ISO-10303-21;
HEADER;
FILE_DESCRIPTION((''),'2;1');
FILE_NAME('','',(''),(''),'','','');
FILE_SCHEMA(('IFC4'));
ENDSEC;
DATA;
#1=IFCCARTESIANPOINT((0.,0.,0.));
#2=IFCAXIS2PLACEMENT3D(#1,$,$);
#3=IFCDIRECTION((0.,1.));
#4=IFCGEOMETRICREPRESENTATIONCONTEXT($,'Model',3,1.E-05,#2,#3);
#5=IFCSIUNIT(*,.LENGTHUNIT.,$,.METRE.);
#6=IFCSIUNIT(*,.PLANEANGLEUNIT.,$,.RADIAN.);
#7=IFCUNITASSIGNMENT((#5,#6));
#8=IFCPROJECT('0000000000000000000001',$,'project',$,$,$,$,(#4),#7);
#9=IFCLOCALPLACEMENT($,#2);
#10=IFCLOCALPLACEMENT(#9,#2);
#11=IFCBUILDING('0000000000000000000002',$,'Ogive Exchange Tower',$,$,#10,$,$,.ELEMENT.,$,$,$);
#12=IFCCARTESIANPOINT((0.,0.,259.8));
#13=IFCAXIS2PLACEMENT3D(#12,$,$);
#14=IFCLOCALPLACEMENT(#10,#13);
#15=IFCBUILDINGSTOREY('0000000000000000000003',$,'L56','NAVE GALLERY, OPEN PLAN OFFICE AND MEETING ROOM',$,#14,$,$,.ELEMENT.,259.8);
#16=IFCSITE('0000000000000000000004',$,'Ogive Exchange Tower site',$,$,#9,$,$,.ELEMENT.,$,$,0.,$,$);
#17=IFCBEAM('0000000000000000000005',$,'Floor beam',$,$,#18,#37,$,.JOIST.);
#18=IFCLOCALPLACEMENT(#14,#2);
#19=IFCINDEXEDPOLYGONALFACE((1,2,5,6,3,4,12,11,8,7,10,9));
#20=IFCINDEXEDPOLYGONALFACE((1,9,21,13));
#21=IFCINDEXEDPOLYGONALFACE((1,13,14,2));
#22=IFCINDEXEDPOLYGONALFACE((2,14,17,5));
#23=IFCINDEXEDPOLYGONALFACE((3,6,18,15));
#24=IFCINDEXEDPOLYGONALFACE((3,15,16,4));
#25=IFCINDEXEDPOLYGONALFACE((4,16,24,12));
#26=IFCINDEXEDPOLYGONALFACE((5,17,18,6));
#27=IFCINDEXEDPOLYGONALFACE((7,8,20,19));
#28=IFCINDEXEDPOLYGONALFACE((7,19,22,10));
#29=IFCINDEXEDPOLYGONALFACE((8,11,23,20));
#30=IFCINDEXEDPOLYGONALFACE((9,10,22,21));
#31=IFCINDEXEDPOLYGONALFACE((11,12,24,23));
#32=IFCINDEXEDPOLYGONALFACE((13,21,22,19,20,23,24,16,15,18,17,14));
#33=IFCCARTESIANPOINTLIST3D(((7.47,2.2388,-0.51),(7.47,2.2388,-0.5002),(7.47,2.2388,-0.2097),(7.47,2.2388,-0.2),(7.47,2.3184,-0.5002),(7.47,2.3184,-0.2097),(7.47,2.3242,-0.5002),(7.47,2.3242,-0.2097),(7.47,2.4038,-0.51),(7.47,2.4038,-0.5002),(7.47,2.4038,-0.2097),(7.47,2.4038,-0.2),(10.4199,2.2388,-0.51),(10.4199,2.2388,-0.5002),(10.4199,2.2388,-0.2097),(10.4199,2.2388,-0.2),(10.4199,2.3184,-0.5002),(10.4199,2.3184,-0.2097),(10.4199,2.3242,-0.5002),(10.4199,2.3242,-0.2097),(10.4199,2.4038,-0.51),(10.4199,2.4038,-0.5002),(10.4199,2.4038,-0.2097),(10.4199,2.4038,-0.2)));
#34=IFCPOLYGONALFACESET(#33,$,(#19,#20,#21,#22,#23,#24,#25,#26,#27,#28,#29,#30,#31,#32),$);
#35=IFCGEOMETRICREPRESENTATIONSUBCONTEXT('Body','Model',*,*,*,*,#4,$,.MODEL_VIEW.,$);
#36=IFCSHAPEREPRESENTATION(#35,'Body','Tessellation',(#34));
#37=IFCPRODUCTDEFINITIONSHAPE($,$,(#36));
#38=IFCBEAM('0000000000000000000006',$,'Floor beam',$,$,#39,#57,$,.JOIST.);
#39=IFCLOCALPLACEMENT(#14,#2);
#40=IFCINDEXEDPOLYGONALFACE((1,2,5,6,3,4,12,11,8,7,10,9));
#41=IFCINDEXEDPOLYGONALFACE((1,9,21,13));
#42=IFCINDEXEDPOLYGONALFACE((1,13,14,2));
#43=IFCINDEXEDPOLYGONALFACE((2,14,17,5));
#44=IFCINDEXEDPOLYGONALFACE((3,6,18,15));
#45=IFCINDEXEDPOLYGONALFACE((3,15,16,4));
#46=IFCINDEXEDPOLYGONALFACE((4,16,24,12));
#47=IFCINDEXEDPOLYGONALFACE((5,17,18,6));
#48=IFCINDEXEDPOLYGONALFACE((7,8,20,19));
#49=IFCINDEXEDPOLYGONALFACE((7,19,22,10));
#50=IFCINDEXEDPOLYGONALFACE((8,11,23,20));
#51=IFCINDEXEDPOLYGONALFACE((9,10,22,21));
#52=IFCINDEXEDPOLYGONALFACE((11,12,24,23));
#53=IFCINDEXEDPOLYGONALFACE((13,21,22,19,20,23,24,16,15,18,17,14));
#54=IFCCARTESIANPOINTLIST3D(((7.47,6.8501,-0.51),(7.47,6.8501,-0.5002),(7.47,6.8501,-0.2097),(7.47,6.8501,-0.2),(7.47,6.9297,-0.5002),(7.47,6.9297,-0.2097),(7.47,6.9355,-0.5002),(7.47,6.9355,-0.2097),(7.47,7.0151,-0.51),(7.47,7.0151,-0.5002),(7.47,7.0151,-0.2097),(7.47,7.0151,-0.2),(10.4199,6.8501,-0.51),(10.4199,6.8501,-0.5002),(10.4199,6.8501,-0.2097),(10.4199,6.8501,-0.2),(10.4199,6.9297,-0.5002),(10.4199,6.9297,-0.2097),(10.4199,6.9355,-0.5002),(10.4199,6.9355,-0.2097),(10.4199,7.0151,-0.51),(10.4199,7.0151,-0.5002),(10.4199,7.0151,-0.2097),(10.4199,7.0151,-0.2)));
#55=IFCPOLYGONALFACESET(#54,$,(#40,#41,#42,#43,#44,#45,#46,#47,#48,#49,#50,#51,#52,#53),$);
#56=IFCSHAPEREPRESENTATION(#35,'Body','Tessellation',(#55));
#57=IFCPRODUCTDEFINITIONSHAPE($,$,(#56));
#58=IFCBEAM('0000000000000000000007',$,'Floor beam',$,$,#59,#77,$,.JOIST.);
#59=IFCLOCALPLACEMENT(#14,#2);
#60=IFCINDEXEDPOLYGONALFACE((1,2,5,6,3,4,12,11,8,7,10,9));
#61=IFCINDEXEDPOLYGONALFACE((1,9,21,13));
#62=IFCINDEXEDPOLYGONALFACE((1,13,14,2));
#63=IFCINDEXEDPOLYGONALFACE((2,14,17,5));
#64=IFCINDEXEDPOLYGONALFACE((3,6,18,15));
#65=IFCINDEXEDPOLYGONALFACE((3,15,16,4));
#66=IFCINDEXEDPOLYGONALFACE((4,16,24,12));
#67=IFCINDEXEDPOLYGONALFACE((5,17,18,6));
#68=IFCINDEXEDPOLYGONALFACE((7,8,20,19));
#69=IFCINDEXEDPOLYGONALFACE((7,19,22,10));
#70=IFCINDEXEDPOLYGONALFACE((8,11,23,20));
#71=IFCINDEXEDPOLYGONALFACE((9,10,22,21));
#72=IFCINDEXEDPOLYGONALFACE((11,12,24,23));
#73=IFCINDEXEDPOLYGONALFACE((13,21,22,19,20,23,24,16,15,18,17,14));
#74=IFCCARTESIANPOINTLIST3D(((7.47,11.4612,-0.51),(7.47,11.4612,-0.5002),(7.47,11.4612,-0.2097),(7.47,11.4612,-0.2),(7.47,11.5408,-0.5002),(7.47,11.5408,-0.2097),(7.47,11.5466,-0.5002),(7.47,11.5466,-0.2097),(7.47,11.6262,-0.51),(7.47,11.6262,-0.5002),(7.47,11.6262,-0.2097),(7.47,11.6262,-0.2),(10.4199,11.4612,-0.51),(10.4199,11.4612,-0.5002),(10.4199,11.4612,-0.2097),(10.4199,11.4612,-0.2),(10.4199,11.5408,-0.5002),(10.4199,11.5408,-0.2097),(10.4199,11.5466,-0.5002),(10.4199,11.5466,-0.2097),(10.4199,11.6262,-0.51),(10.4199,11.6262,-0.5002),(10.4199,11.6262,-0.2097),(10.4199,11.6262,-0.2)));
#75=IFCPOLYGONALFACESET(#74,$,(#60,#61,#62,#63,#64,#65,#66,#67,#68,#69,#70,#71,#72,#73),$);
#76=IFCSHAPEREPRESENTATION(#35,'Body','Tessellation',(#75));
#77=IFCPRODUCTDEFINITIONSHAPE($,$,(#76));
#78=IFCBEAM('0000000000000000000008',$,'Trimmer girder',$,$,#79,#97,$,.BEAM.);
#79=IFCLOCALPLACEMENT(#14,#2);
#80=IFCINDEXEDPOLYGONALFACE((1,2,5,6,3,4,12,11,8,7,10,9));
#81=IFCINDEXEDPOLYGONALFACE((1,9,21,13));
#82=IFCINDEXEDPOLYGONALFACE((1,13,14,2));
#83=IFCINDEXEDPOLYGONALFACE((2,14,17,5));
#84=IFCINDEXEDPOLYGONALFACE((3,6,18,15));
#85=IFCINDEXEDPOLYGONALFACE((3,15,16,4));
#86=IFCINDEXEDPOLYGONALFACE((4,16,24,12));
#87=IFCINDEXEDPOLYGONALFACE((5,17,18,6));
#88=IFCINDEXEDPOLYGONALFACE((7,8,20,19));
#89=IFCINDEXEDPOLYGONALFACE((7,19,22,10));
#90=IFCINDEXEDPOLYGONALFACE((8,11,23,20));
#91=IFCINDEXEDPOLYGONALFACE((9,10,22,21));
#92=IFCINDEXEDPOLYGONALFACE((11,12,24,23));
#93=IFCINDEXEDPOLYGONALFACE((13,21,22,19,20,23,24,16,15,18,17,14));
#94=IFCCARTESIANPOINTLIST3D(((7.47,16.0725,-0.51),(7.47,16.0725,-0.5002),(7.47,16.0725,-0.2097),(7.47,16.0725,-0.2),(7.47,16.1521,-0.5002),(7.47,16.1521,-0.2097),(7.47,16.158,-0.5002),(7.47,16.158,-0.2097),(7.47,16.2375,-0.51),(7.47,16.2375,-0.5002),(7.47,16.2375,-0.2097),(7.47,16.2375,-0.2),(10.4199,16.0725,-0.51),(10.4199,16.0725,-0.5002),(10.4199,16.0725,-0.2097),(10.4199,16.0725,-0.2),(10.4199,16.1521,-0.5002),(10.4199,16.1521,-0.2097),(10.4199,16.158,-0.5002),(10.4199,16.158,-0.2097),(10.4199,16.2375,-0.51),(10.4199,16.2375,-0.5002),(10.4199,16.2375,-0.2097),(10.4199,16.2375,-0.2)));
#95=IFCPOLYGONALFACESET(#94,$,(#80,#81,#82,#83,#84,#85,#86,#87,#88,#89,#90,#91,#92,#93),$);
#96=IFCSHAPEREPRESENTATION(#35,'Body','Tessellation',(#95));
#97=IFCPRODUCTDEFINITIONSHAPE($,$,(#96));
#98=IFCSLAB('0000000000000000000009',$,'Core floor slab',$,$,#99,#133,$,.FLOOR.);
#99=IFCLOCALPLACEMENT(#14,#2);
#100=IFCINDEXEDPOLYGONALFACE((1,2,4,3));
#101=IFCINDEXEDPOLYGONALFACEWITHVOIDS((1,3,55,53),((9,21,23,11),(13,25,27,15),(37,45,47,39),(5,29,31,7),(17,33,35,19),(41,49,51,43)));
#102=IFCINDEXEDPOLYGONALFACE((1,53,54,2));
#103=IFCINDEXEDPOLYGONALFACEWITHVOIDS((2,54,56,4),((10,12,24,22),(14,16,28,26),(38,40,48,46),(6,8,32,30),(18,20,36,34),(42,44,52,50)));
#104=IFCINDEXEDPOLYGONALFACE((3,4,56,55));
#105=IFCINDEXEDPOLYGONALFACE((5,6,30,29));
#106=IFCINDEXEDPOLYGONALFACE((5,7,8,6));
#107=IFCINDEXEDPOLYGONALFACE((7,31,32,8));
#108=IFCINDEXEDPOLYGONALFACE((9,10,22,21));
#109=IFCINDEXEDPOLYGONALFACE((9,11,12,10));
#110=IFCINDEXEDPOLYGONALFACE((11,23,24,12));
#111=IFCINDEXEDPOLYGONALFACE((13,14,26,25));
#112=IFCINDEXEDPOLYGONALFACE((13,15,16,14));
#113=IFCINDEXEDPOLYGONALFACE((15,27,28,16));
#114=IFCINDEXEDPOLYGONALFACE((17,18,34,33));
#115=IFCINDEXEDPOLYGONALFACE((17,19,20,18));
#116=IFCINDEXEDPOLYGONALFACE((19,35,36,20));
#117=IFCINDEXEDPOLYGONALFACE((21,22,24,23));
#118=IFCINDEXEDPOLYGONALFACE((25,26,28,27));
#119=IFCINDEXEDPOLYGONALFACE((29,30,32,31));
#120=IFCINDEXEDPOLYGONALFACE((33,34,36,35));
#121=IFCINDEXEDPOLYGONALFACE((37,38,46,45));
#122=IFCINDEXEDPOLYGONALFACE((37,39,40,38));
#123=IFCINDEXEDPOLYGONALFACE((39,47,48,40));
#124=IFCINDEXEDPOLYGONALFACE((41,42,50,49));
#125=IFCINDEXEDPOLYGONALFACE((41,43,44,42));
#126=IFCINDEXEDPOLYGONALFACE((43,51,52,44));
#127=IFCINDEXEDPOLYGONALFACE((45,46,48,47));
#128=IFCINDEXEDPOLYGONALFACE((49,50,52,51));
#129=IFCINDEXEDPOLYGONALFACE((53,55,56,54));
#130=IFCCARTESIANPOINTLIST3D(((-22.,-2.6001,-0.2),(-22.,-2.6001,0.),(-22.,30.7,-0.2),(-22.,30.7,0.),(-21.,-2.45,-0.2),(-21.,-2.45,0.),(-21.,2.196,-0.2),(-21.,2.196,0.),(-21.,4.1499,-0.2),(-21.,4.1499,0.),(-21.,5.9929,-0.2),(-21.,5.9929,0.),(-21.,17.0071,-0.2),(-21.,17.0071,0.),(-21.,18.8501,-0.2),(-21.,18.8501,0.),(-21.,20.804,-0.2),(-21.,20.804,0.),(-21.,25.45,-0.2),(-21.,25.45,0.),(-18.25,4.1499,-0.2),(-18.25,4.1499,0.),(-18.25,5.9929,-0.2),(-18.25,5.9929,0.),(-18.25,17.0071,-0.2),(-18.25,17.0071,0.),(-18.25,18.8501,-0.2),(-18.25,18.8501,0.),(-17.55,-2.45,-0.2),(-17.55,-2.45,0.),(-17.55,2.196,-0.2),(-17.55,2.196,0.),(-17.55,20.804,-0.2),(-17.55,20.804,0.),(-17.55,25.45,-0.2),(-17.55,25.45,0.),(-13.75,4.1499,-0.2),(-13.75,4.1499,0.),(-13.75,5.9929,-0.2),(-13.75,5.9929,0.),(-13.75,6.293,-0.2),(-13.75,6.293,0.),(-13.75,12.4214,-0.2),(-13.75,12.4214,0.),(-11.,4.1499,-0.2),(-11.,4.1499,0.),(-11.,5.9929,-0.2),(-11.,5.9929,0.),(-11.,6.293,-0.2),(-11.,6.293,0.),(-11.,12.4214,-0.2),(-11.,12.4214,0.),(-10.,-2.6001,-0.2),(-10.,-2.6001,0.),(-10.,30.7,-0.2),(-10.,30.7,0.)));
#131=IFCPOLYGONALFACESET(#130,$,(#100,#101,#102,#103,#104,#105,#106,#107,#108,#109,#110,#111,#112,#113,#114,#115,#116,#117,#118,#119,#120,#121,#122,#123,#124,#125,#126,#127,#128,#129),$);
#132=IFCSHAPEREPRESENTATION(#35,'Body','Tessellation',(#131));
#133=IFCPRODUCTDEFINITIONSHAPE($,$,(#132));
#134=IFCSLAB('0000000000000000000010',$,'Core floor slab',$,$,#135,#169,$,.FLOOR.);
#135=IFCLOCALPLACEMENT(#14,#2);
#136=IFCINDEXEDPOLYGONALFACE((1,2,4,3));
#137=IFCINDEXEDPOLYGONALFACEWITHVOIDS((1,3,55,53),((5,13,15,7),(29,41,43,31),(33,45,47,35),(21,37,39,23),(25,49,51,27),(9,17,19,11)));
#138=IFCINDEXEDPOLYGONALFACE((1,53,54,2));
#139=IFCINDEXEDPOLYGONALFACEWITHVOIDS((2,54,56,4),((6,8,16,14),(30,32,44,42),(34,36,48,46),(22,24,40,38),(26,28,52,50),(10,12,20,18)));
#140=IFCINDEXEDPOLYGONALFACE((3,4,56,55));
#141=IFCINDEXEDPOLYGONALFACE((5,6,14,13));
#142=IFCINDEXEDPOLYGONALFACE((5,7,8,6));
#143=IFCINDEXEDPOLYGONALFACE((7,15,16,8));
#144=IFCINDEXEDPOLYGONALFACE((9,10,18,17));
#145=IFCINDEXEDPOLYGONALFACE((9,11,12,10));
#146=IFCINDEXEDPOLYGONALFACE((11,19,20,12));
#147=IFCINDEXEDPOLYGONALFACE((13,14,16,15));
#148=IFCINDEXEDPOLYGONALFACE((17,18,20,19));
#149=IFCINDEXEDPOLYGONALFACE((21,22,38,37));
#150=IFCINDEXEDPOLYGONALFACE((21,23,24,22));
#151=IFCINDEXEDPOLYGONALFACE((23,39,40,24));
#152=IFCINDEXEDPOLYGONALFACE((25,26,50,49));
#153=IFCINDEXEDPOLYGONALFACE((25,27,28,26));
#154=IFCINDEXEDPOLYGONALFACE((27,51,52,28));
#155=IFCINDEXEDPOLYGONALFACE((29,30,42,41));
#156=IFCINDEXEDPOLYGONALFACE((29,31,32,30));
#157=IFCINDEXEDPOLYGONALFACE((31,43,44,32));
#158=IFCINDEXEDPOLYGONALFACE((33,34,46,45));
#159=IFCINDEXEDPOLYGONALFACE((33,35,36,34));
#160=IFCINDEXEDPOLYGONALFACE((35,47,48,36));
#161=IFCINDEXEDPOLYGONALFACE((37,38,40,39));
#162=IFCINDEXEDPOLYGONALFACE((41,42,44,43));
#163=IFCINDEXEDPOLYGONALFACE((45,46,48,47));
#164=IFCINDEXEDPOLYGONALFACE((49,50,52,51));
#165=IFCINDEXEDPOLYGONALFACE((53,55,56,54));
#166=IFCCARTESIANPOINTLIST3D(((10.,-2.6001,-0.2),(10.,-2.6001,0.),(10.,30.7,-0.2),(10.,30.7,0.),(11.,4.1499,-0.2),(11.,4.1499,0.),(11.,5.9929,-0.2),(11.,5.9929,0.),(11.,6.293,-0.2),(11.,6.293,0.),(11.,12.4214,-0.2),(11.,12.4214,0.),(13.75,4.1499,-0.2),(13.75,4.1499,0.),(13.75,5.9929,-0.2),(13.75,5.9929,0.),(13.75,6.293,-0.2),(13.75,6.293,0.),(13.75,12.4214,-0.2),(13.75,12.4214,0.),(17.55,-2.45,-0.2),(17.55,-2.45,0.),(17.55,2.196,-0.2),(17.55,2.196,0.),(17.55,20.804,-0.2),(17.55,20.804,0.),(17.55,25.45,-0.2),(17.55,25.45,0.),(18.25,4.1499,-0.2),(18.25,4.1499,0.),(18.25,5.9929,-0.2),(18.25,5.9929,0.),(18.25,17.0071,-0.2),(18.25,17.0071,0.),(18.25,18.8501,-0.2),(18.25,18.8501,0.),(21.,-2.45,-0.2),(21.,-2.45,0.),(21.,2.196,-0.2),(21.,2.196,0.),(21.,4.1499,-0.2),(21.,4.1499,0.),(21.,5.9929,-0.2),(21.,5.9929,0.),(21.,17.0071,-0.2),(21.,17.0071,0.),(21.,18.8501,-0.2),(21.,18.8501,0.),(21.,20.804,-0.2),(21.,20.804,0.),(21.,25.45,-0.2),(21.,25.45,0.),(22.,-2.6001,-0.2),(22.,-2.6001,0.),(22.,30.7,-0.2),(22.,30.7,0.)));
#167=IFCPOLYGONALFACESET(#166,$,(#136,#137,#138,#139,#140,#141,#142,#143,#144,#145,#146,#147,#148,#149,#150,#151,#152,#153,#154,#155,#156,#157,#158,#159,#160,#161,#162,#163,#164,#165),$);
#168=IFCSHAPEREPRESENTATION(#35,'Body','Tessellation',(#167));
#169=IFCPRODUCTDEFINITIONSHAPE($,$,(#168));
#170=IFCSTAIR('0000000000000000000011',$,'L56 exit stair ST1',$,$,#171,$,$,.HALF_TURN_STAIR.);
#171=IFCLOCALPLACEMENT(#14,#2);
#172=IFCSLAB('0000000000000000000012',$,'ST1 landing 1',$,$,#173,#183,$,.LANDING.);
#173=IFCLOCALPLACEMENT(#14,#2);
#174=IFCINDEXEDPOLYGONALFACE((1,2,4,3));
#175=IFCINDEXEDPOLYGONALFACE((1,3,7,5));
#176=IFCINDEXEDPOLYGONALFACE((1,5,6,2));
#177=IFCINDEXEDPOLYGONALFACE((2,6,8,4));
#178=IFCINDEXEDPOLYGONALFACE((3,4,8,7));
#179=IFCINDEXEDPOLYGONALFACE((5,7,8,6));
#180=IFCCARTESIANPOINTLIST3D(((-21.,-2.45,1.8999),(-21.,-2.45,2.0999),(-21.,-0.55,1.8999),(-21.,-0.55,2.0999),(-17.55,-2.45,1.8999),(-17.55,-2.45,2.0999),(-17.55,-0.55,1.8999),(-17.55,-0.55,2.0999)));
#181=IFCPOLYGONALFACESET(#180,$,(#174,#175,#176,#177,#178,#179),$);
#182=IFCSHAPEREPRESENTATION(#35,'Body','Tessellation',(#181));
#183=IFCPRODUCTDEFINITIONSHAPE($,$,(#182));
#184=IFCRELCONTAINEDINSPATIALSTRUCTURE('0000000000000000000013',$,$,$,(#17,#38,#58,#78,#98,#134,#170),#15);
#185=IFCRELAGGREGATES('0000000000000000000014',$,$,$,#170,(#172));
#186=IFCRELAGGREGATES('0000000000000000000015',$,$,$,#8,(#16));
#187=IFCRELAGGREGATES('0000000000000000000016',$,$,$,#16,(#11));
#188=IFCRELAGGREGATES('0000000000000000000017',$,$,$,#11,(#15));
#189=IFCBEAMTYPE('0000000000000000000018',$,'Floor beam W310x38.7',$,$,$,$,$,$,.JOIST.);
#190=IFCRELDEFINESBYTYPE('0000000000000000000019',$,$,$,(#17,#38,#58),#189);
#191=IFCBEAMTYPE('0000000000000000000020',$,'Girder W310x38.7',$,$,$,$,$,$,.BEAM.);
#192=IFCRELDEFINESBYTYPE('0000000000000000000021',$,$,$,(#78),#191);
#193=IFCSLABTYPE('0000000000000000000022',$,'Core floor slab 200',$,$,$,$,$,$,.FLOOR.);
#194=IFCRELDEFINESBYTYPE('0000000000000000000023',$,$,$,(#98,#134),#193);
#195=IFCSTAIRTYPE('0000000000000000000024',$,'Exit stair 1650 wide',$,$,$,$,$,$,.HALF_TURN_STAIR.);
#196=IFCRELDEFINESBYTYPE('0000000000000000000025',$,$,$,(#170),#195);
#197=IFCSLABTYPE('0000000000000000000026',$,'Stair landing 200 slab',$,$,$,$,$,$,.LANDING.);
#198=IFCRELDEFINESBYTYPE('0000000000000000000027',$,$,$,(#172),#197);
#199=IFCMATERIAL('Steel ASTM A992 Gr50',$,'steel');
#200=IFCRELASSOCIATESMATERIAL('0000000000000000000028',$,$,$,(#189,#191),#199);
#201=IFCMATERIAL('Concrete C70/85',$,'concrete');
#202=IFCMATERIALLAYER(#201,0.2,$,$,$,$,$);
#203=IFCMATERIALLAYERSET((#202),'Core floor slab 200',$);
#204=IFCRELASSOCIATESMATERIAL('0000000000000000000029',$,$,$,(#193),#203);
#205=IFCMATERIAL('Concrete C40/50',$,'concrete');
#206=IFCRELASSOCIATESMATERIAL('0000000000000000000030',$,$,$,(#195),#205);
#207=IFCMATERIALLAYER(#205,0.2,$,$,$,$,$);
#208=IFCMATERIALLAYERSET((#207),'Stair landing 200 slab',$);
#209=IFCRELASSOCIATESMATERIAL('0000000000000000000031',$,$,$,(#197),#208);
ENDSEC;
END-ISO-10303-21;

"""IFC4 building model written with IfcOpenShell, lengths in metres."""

from ifc_helpers import new_model, si_unit, direction, frame, origin, origin_2d, place, context, subcontext, project, spatial, polyline, i_section, outline, extrude, material, layer, layer_set, material_profile, profile_set, type_object, element, aggregate, save


model = new_model("IFC4")

# Units and contexts
model_context = context("Model", 3, precision=1e-05, world=origin(), true_north=direction((0.0, 1.0)))
body_context = subcontext(model_context, "Body", "Model", "MODEL_VIEW")
ifc_project = project(units=[si_unit("LENGTHUNIT", "METRE"), si_unit("PLANEANGLEUNIT", "RADIAN")], contexts=[model_context])

# Site, building, storey
site_placement = place(None, origin())
site = spatial("IfcSite", under=ifc_project, at=site_placement, Name="Ogive Exchange Tower site", CompositionType="ELEMENT", RefElevation=0.0)
building_placement = place(site_placement, origin())
building = spatial("IfcBuilding", under=site, at=building_placement, Name="Ogive Exchange Tower", CompositionType="ELEMENT")
storey_placement = place(building_placement, frame((0.0, 0.0, 259.8)))
storey = spatial("IfcBuildingStorey", under=building, at=storey_placement, Name="L56", Description="NAVE GALLERY, OPEN PLAN OFFICE AND MEETING ROOM", CompositionType="ELEMENT", Elevation=259.8)

# Beams
ifc_material_1 = material(Name="Steel ASTM A992 Gr50", Category="steel")
ifc_material_profile_1 = material_profile(ifc_material_1, i_section(OverallWidth=0.165, OverallDepth=0.3101, WebThickness=0.0059, FlangeThickness=0.0098, at=origin_2d()), Name="W310x38.7")
ifc_profile_set_1 = profile_set([ifc_material_profile_1], Name="Steel ASTM A992 Gr50")
beam_type_1 = type_object("IfcBeamType", Name="Floor beam W310x38.7", PredefinedType="JOIST", material=ifc_profile_set_1)
for number, where, z_axis, x_axis, name in (
    (1, (7.47, 2.3213, -0.355), (1.0, 0.0, 0.0), (0.0, 1.0, 0.0), "Floor beam"),
    (2, (7.47, 6.9326, -0.355), (1.0, 0.0, 0.0), (0.0, 1.0, 0.0), "Floor beam"),
    (3, (7.47, 11.5437, -0.355), (1.0, 0.0, 0.0), (0.0, 1.0, 0.0), "Floor beam"),
):
    element("IfcBeam", number, at=place(storey_placement, frame(where, z_axis=z_axis, x_axis=x_axis)), inside=storey, type_object=beam_type_1, Name=name, PredefinedType="JOIST", context=body_context, shape_type="SweptSolid", body=[
        extrude(i_section(OverallWidth=0.165, OverallDepth=0.3101, WebThickness=0.0059, FlangeThickness=0.0098, at=origin_2d()), origin(), (0.0, 0.0, 1.0), 2.95),
    ])
ifc_material_profile_2 = material_profile(ifc_material_1, i_section(OverallWidth=0.165, OverallDepth=0.3101, WebThickness=0.0059, FlangeThickness=0.0098, at=origin_2d()), Name="W310x38.7")
ifc_profile_set_2 = profile_set([ifc_material_profile_2], Name="Steel ASTM A992 Gr50")
beam_type_2 = type_object("IfcBeamType", Name="Girder W310x38.7", PredefinedType="BEAM", material=ifc_profile_set_2)
beam_placement = place(storey_placement, frame((7.47, 16.155, -0.355), z_axis=(1.0, 0.0, 0.0), x_axis=(0.0, 1.0, 0.0)))
element("IfcBeam", 4, at=beam_placement, inside=storey, type_object=beam_type_2, Name="Trimmer girder", PredefinedType="BEAM", context=body_context, shape_type="SweptSolid", body=[
    extrude(i_section(OverallWidth=0.165, OverallDepth=0.3101, WebThickness=0.0059, FlangeThickness=0.0098, at=origin_2d()), origin(), (0.0, 0.0, 1.0), 2.95),
])

# Slabs
ifc_material_2 = material(Name="Concrete C70/85", Category="concrete")
ifc_layer_1 = layer(ifc_material_2, 0.2)
ifc_layer_set_1 = layer_set([ifc_layer_1], Name="Core floor slab 200")
slab_type_1 = type_object("IfcSlabType", Name="Core floor slab 200", PredefinedType="FLOOR", material=ifc_layer_set_1)
slab_1_placement = place(storey_placement, frame((0.0, 0.0, -0.2)))
element("IfcSlab", 5, at=slab_1_placement, inside=storey, type_object=slab_type_1, Name="Core floor slab", PredefinedType="FLOOR", context=body_context, shape_type="SweptSolid", body=[
    extrude(outline(polyline([(-22.0, -2.6001), (-22.0, 30.7), (-10.0, 30.7), (-10.0, -2.6001), (-22.0, -2.6001)]), holes=[polyline([(-17.55, 2.196), (-21.0, 2.196), (-21.0, -2.45), (-17.55, -2.45), (-17.55, 2.196)]), polyline([(-18.25, 5.9929), (-21.0, 5.9929), (-21.0, 4.1499), (-18.25, 4.1499), (-18.25, 5.9929)]), polyline([(-11.0, 5.9929), (-13.75, 5.9929), (-13.75, 4.1499), (-11.0, 4.1499), (-11.0, 5.9929)]), polyline([(-13.75, 12.4214), (-13.75, 6.293), (-11.0, 6.293), (-11.0, 12.4214), (-13.75, 12.4214)]), polyline([(-18.25, 18.8501), (-21.0, 18.8501), (-21.0, 17.0071), (-18.25, 17.0071), (-18.25, 18.8501)]), polyline([(-21.0, 25.45), (-21.0, 20.804), (-17.55, 20.804), (-17.55, 25.45), (-21.0, 25.45)])]), origin(), (0.0, 0.0, 1.0), 0.2),
])
slab_2_placement = place(storey_placement, frame((0.0, 0.0, -0.2)))
element("IfcSlab", 6, at=slab_2_placement, inside=storey, type_object=slab_type_1, Name="Core floor slab", PredefinedType="FLOOR", context=body_context, shape_type="SweptSolid", body=[
    extrude(outline(polyline([(10.0, -2.6001), (10.0, 30.7), (22.0, 30.7), (22.0, -2.6001), (10.0, -2.6001)]), holes=[polyline([(21.0, 2.196), (17.55, 2.196), (17.55, -2.45), (21.0, -2.45), (21.0, 2.196)]), polyline([(13.75, 5.9929), (11.0, 5.9929), (11.0, 4.1499), (13.75, 4.1499), (13.75, 5.9929)]), polyline([(21.0, 5.9929), (18.25, 5.9929), (18.25, 4.1499), (21.0, 4.1499), (21.0, 5.9929)]), polyline([(11.0, 12.4214), (11.0, 6.293), (13.75, 6.293), (13.75, 12.4214), (11.0, 12.4214)]), polyline([(21.0, 18.8501), (18.25, 18.8501), (18.25, 17.0071), (21.0, 17.0071), (21.0, 18.8501)]), polyline([(17.55, 25.45), (17.55, 20.804), (21.0, 20.804), (21.0, 25.45), (17.55, 25.45)])]), origin(), (0.0, 0.0, 1.0), 0.2),
])

# Stair, slab
ifc_material_3 = material(Name="Concrete C40/50", Category="concrete")
stair_type = type_object("IfcStairType", Name="Exit stair 1650 wide", PredefinedType="HALF_TURN_STAIR", material=ifc_material_3)
stair_1_placement = place(storey_placement, origin())
stair_1 = element("IfcStair", 7, at=stair_1_placement, inside=storey, type_object=stair_type, Name="L56 exit stair ST1", PredefinedType="HALF_TURN_STAIR")
ifc_layer_2 = layer(ifc_material_3, 0.2)
ifc_layer_set_2 = layer_set([ifc_layer_2], Name="Stair landing 200 slab")
slab_type_2 = type_object("IfcSlabType", Name="Stair landing 200 slab", PredefinedType="LANDING", material=ifc_layer_set_2)
slab_3_placement = place(storey_placement, frame((0.0, 0.0, 1.8999)))
slab_3 = element("IfcSlab", 8, at=slab_3_placement, type_object=slab_type_2, Name="ST1 landing 1", PredefinedType="LANDING", context=body_context, shape_type="SweptSolid", body=[
    extrude(outline(polyline([(-21.0, -0.55), (-21.0, -2.45), (-17.55, -2.45), (-17.55, -0.55), (-21.0, -0.55)])), origin(), (0.0, 0.0, 1.0), 0.2),
])
aggregate(stair_1, [slab_3])

save(model, "model.ifc")
